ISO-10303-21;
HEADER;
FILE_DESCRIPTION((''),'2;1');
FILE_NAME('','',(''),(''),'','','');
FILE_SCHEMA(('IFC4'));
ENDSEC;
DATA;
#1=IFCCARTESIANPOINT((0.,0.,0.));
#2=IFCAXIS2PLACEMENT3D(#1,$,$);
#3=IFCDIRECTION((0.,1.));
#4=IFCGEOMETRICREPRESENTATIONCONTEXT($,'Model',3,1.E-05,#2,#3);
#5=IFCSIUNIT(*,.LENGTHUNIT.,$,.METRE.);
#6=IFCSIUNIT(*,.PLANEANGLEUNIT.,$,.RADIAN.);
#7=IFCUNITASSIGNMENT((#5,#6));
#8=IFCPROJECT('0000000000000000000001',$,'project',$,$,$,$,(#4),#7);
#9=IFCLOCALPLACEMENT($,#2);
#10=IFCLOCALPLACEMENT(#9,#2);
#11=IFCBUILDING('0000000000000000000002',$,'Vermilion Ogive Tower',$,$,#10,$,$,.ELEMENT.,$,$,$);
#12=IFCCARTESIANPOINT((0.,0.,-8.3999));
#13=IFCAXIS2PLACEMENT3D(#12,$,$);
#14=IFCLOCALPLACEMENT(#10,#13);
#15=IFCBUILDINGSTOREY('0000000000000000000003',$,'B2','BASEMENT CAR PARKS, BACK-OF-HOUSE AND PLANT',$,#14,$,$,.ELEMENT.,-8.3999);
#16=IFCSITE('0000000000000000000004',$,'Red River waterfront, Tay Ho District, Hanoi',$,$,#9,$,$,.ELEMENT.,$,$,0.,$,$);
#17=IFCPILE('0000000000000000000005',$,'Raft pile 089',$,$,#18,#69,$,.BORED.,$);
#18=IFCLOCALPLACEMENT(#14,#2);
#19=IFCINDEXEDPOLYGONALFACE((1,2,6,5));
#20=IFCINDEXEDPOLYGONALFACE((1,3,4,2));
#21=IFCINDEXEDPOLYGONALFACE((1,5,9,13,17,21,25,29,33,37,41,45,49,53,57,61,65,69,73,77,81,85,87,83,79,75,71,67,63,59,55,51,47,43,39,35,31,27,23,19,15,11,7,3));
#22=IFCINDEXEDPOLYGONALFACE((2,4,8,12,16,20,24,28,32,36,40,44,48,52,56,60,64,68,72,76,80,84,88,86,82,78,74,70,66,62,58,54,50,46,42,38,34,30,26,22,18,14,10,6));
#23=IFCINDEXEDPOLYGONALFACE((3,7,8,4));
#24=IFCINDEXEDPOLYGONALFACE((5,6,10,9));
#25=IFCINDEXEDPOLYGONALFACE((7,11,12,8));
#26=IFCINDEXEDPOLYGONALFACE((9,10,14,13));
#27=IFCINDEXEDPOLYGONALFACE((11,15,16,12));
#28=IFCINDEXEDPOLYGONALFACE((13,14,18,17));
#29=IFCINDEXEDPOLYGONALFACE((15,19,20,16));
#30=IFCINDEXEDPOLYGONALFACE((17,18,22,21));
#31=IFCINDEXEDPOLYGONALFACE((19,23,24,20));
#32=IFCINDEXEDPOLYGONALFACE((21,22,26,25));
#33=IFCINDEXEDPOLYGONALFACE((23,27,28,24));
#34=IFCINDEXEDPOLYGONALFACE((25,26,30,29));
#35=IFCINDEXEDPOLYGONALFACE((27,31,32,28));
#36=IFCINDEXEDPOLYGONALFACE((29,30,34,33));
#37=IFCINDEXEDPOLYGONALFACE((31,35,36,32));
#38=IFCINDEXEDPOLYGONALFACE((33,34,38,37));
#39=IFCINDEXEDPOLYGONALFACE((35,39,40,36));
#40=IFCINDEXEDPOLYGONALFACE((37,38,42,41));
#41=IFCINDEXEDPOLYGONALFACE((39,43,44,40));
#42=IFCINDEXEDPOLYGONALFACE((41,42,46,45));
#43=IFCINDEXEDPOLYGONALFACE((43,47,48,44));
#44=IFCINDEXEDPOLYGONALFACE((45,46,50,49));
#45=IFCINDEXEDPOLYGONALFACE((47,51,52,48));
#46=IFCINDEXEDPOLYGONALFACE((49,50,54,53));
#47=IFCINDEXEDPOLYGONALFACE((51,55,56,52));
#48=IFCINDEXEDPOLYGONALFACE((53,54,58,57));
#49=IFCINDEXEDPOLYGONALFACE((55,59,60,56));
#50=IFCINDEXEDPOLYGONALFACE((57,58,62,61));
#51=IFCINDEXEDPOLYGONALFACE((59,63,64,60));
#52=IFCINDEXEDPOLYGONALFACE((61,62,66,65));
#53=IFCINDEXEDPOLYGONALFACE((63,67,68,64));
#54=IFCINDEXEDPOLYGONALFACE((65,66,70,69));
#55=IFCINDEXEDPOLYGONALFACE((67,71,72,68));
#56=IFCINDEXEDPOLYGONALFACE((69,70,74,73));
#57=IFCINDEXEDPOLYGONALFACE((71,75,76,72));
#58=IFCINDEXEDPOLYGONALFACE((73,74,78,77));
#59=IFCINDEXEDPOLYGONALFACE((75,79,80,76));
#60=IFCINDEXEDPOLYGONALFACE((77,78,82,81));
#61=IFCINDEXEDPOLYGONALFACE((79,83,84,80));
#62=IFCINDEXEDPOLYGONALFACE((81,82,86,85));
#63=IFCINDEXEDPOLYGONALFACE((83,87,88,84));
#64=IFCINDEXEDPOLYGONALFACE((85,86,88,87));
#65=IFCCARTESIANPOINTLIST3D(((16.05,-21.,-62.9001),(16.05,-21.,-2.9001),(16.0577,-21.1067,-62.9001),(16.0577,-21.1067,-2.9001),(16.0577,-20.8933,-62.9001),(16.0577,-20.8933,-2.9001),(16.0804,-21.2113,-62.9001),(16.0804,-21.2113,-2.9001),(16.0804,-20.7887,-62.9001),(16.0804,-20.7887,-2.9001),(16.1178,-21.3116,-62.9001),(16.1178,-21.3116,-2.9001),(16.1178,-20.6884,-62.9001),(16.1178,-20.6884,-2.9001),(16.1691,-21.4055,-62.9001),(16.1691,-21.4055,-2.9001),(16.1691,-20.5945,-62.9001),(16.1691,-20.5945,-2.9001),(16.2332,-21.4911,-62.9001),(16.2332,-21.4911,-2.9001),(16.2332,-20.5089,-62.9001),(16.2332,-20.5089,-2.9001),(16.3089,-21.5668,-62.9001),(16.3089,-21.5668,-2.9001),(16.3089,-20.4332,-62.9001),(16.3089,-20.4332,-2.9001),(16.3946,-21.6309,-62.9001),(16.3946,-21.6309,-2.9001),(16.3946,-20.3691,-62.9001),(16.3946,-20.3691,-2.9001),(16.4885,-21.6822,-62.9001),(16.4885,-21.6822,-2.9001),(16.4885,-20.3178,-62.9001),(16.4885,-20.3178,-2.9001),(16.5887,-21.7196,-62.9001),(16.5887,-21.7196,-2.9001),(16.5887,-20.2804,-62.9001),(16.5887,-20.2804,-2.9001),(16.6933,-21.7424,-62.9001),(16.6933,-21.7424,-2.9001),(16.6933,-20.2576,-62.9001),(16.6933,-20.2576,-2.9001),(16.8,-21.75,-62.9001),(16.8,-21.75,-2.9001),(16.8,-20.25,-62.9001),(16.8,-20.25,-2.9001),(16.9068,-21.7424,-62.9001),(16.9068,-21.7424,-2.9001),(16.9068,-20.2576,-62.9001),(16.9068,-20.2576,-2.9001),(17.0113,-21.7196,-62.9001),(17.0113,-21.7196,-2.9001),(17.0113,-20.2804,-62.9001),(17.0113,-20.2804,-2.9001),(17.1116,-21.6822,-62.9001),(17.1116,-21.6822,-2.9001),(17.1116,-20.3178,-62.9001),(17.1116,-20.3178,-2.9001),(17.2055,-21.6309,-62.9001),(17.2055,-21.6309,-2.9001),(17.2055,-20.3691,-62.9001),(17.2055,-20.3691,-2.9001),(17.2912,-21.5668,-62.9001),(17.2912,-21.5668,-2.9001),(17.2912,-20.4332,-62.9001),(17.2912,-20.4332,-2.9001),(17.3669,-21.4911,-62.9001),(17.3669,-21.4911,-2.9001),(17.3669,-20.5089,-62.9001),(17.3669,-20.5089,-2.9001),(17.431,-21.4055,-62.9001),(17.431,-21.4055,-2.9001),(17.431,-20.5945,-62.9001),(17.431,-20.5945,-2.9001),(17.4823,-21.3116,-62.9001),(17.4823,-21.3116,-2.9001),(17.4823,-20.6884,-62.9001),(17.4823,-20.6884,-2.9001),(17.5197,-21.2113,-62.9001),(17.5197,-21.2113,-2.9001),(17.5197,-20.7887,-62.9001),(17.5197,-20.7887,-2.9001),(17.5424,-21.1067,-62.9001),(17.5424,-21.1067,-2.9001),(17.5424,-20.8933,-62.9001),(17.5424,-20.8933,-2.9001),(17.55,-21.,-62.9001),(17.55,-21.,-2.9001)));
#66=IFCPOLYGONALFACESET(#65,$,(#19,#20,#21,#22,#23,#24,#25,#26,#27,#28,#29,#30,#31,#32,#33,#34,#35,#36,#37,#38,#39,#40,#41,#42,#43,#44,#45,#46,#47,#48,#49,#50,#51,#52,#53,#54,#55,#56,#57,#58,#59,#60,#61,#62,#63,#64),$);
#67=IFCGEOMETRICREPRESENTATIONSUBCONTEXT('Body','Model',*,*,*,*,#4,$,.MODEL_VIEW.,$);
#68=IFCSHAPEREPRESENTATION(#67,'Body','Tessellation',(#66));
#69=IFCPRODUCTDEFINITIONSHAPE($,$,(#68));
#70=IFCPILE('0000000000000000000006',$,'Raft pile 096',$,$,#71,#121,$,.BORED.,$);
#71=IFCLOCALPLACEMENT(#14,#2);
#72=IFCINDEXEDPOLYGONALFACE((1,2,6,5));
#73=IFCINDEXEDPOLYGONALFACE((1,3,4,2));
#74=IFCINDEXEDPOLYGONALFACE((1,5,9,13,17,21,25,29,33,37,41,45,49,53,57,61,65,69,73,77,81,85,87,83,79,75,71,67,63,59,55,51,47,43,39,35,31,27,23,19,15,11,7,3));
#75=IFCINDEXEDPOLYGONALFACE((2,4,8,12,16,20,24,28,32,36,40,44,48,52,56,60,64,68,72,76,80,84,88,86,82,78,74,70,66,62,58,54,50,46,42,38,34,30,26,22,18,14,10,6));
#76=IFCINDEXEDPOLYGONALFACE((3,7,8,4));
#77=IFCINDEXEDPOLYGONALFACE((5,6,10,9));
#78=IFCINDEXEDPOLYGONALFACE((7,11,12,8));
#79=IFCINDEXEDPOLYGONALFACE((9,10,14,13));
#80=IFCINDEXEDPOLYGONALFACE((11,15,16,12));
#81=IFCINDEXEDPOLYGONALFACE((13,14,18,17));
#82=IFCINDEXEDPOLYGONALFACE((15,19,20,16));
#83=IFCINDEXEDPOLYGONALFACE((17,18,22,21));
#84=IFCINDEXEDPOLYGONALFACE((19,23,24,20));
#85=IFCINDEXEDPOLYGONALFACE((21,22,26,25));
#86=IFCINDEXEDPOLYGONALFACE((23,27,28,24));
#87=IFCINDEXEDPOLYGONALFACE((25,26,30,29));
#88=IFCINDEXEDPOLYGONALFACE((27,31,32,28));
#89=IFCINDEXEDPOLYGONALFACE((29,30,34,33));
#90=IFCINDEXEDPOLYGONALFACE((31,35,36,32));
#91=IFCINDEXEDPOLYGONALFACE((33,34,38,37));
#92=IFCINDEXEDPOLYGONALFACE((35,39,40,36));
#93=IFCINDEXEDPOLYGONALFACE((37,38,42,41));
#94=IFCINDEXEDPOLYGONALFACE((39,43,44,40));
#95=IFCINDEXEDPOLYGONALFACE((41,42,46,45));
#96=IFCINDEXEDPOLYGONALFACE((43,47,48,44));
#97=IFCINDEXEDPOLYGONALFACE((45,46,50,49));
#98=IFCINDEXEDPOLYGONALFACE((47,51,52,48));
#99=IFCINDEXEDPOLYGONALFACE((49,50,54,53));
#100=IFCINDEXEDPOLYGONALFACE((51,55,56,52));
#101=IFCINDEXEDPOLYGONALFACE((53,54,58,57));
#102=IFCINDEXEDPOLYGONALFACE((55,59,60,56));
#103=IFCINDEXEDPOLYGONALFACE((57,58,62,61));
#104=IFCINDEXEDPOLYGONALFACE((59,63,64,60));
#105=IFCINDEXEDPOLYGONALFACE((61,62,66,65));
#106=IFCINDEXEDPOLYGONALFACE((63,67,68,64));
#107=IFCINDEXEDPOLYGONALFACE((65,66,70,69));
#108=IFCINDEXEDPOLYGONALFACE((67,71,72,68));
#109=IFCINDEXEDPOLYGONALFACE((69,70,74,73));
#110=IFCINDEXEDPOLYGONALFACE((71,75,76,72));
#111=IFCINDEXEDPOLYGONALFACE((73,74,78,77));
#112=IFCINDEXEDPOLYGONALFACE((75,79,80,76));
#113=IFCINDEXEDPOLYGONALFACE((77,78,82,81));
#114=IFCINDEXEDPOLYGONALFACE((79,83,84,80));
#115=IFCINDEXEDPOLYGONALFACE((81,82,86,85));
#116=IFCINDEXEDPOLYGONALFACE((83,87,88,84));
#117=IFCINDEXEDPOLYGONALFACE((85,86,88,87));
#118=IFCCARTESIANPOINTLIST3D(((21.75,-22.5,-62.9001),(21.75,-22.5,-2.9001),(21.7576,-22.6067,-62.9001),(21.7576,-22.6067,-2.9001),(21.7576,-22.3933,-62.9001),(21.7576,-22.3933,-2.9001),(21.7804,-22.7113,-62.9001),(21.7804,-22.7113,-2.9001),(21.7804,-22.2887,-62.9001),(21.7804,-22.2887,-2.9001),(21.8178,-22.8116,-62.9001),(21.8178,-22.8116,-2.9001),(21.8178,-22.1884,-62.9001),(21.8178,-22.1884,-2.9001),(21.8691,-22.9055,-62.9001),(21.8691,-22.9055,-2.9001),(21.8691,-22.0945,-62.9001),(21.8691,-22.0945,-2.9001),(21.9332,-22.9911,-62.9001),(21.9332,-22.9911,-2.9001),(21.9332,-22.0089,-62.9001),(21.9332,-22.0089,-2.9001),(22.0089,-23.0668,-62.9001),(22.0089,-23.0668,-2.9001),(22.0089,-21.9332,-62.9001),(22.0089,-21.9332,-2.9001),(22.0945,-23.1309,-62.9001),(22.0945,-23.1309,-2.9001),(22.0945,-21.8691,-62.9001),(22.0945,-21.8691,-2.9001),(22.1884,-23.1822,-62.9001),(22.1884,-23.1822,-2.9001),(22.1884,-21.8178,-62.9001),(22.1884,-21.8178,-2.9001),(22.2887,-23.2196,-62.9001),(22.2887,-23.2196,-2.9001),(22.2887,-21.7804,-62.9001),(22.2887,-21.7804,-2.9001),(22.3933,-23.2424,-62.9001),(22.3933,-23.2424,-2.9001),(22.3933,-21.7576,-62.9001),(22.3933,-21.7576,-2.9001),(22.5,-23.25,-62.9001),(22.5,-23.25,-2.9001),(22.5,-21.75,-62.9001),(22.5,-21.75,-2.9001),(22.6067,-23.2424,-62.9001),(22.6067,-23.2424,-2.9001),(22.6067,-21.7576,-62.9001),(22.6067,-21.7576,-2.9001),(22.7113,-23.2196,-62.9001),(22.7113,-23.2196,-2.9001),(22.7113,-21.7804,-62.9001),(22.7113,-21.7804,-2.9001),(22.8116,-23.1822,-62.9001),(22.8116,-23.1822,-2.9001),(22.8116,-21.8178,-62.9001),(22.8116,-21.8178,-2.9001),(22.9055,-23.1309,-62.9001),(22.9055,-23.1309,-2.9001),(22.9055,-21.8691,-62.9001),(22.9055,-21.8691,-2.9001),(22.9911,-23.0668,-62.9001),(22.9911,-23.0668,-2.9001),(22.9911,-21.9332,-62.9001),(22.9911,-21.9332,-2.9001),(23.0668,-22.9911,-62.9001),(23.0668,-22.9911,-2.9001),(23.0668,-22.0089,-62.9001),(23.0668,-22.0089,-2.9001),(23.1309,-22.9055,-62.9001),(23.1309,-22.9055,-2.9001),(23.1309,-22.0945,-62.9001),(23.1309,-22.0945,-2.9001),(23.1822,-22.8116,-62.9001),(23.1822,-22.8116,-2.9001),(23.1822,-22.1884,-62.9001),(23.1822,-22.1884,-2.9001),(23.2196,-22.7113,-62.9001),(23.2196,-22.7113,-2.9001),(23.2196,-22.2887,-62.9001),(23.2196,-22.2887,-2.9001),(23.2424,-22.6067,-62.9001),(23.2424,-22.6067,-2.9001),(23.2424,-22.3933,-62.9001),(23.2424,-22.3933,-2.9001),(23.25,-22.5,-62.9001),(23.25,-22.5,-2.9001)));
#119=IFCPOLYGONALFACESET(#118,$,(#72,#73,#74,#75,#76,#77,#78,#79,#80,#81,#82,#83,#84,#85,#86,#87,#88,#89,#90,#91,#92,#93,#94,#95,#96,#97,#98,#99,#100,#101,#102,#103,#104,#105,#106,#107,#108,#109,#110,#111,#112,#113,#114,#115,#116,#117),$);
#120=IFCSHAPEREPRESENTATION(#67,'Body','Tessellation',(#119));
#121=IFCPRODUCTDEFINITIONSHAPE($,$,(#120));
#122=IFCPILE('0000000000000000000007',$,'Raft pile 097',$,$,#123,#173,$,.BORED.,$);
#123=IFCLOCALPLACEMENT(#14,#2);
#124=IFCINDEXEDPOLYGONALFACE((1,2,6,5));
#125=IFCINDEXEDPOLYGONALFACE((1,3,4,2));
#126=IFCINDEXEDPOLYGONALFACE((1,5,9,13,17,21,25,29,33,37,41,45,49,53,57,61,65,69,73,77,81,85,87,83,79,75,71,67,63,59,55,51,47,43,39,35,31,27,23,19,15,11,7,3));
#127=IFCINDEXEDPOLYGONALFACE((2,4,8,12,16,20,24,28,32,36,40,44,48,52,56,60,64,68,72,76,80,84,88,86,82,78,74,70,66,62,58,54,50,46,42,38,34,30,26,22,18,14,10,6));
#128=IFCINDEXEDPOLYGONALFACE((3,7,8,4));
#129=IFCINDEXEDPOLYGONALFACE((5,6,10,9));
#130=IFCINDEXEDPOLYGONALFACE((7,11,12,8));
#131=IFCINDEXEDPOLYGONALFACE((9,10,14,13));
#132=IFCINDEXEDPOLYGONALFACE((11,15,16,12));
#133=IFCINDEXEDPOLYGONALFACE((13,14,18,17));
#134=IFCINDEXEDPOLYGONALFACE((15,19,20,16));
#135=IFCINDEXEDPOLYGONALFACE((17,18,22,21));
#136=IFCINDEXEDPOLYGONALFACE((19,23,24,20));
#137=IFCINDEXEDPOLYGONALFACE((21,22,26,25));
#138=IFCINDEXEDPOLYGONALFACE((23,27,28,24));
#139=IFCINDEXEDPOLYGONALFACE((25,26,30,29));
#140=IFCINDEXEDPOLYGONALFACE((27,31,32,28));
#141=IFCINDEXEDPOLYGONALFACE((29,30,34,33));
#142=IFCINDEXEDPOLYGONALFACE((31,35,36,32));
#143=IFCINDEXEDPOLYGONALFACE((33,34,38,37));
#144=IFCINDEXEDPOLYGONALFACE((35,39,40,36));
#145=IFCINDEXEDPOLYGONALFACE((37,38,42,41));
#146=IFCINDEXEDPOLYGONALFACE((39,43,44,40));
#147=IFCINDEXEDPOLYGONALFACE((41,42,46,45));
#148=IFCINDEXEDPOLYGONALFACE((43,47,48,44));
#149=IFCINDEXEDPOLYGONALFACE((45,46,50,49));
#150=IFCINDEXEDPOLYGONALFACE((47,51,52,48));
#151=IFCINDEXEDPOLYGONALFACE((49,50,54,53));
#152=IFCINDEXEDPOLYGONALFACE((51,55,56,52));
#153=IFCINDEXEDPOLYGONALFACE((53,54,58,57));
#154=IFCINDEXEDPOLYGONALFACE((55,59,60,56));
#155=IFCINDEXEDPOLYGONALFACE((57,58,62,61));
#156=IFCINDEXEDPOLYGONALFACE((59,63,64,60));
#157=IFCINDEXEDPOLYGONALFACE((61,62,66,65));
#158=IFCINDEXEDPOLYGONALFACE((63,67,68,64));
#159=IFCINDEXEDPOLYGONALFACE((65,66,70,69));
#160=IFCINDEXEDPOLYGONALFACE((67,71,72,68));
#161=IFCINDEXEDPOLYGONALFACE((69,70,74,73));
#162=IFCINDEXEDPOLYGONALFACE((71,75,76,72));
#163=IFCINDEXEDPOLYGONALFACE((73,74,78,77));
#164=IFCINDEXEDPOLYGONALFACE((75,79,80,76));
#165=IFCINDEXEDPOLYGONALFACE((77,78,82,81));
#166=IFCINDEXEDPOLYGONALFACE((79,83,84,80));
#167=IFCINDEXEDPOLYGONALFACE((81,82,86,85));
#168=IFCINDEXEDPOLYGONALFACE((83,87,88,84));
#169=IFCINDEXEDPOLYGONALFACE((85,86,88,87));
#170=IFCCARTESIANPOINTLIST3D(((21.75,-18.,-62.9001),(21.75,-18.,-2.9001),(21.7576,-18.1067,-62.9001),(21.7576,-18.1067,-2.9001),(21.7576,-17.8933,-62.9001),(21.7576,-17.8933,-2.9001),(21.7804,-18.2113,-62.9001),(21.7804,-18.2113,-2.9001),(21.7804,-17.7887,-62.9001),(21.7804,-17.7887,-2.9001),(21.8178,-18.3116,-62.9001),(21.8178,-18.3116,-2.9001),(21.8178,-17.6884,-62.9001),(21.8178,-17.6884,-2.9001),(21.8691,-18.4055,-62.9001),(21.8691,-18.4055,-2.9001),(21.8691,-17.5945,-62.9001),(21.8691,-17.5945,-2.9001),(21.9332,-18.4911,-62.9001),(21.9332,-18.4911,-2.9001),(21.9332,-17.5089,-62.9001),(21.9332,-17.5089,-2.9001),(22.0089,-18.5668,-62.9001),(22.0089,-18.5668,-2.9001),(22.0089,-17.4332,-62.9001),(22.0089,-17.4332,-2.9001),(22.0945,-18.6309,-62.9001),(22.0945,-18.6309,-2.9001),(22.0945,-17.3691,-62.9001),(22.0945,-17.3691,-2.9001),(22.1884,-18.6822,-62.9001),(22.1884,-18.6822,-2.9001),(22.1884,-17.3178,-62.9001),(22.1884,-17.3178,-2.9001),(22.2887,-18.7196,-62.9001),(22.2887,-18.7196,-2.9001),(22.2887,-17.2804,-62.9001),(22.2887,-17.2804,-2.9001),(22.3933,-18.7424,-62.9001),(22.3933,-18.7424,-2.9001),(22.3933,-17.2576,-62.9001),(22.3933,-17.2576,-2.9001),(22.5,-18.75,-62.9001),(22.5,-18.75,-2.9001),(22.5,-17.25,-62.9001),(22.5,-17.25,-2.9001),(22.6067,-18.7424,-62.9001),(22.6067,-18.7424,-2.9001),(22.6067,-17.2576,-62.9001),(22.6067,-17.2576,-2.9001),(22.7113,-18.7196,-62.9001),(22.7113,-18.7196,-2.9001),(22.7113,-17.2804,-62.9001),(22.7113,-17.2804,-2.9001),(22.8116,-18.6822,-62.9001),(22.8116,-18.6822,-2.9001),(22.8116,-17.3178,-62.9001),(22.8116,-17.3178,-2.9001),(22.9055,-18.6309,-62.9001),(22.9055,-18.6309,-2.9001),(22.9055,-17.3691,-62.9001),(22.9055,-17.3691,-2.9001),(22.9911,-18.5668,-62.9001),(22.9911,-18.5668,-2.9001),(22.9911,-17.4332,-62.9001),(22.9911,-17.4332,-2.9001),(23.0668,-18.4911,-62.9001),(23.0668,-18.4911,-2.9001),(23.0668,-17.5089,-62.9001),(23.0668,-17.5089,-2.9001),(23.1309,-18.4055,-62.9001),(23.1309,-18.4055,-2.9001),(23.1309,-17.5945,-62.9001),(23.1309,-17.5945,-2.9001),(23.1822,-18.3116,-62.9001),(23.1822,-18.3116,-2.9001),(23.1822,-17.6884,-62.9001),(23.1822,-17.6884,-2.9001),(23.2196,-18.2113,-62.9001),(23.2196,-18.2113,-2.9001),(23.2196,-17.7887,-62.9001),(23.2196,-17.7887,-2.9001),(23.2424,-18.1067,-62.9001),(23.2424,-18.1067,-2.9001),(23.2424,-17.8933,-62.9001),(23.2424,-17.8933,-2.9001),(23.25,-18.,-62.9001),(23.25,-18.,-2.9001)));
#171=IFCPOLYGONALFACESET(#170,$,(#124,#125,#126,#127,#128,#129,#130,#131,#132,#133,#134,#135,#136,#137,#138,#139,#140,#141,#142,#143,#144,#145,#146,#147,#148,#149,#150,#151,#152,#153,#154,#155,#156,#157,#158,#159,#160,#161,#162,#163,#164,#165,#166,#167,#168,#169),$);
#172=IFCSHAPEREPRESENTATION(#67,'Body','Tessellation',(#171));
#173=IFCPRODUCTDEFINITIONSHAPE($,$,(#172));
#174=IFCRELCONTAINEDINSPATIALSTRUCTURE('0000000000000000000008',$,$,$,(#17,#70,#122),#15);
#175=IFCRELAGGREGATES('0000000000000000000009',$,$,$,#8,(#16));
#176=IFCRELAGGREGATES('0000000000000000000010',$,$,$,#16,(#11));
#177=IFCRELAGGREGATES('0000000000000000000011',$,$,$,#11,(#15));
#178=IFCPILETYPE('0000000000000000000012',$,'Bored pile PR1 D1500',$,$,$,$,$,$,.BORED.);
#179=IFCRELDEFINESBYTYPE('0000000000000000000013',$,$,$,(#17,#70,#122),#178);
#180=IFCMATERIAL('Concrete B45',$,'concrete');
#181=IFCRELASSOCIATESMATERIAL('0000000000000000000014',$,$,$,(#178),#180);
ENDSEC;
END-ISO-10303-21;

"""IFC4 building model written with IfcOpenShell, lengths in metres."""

from ifc_helpers import new_model, si_unit, direction, frame, origin, origin_2d, place, context, subcontext, project, spatial, circle, extrude, material, type_object, element, save


model = new_model("IFC4")

# Units and contexts
model_context = context("Model", 3, precision=1e-05, world=origin(), true_north=direction((0.0, 1.0)))
body_context = subcontext(model_context, "Body", "Model", "MODEL_VIEW")
ifc_project = project(units=[si_unit("LENGTHUNIT", "METRE"), si_unit("PLANEANGLEUNIT", "RADIAN")], contexts=[model_context])

# Site, building, storey
site_placement = place(None, origin())
site = spatial("IfcSite", under=ifc_project, at=site_placement, Name="Red River waterfront, Tay Ho District, Hanoi", CompositionType="ELEMENT", RefElevation=0.0)
building_placement = place(site_placement, origin())
building = spatial("IfcBuilding", under=site, at=building_placement, Name="Vermilion Ogive Tower", CompositionType="ELEMENT")
storey_placement = place(building_placement, frame((0.0, 0.0, -8.3999)))
storey = spatial("IfcBuildingStorey", under=building, at=storey_placement, Name="B2", Description="BASEMENT CAR PARKS, BACK-OF-HOUSE AND PLANT", CompositionType="ELEMENT", Elevation=-8.3999)

# Piles
ifc_material_1 = material(Name="Concrete B45", Category="concrete")
pile_type_1 = type_object("IfcPileType", Name="Bored pile PR1 D1500", PredefinedType="BORED", material=ifc_material_1)
for number, where, z_axis, x_axis, name in (
    (1, (16.8, -21.0, -2.9001), (0.0, 0.0, -1.0), (1.0, 0.0, 0.0), "Raft pile 089"),
    (2, (22.5, -22.5, -2.9001), (0.0, 0.0, -1.0), (1.0, 0.0, 0.0), "Raft pile 096"),
    (3, (22.5, -18.0, -2.9001), (0.0, 0.0, -1.0), (1.0, 0.0, 0.0), "Raft pile 097"),
):
    element("IfcPile", number, at=place(storey_placement, frame(where, z_axis=z_axis, x_axis=x_axis)), inside=storey, type_object=pile_type_1, Name=name, PredefinedType="BORED", context=body_context, shape_type="SweptSolid", body=[
        extrude(circle(Radius=0.75, at=origin_2d()), origin(), (0.0, 0.0, 1.0), 60.0),
    ])

save(model, "model.ifc")
